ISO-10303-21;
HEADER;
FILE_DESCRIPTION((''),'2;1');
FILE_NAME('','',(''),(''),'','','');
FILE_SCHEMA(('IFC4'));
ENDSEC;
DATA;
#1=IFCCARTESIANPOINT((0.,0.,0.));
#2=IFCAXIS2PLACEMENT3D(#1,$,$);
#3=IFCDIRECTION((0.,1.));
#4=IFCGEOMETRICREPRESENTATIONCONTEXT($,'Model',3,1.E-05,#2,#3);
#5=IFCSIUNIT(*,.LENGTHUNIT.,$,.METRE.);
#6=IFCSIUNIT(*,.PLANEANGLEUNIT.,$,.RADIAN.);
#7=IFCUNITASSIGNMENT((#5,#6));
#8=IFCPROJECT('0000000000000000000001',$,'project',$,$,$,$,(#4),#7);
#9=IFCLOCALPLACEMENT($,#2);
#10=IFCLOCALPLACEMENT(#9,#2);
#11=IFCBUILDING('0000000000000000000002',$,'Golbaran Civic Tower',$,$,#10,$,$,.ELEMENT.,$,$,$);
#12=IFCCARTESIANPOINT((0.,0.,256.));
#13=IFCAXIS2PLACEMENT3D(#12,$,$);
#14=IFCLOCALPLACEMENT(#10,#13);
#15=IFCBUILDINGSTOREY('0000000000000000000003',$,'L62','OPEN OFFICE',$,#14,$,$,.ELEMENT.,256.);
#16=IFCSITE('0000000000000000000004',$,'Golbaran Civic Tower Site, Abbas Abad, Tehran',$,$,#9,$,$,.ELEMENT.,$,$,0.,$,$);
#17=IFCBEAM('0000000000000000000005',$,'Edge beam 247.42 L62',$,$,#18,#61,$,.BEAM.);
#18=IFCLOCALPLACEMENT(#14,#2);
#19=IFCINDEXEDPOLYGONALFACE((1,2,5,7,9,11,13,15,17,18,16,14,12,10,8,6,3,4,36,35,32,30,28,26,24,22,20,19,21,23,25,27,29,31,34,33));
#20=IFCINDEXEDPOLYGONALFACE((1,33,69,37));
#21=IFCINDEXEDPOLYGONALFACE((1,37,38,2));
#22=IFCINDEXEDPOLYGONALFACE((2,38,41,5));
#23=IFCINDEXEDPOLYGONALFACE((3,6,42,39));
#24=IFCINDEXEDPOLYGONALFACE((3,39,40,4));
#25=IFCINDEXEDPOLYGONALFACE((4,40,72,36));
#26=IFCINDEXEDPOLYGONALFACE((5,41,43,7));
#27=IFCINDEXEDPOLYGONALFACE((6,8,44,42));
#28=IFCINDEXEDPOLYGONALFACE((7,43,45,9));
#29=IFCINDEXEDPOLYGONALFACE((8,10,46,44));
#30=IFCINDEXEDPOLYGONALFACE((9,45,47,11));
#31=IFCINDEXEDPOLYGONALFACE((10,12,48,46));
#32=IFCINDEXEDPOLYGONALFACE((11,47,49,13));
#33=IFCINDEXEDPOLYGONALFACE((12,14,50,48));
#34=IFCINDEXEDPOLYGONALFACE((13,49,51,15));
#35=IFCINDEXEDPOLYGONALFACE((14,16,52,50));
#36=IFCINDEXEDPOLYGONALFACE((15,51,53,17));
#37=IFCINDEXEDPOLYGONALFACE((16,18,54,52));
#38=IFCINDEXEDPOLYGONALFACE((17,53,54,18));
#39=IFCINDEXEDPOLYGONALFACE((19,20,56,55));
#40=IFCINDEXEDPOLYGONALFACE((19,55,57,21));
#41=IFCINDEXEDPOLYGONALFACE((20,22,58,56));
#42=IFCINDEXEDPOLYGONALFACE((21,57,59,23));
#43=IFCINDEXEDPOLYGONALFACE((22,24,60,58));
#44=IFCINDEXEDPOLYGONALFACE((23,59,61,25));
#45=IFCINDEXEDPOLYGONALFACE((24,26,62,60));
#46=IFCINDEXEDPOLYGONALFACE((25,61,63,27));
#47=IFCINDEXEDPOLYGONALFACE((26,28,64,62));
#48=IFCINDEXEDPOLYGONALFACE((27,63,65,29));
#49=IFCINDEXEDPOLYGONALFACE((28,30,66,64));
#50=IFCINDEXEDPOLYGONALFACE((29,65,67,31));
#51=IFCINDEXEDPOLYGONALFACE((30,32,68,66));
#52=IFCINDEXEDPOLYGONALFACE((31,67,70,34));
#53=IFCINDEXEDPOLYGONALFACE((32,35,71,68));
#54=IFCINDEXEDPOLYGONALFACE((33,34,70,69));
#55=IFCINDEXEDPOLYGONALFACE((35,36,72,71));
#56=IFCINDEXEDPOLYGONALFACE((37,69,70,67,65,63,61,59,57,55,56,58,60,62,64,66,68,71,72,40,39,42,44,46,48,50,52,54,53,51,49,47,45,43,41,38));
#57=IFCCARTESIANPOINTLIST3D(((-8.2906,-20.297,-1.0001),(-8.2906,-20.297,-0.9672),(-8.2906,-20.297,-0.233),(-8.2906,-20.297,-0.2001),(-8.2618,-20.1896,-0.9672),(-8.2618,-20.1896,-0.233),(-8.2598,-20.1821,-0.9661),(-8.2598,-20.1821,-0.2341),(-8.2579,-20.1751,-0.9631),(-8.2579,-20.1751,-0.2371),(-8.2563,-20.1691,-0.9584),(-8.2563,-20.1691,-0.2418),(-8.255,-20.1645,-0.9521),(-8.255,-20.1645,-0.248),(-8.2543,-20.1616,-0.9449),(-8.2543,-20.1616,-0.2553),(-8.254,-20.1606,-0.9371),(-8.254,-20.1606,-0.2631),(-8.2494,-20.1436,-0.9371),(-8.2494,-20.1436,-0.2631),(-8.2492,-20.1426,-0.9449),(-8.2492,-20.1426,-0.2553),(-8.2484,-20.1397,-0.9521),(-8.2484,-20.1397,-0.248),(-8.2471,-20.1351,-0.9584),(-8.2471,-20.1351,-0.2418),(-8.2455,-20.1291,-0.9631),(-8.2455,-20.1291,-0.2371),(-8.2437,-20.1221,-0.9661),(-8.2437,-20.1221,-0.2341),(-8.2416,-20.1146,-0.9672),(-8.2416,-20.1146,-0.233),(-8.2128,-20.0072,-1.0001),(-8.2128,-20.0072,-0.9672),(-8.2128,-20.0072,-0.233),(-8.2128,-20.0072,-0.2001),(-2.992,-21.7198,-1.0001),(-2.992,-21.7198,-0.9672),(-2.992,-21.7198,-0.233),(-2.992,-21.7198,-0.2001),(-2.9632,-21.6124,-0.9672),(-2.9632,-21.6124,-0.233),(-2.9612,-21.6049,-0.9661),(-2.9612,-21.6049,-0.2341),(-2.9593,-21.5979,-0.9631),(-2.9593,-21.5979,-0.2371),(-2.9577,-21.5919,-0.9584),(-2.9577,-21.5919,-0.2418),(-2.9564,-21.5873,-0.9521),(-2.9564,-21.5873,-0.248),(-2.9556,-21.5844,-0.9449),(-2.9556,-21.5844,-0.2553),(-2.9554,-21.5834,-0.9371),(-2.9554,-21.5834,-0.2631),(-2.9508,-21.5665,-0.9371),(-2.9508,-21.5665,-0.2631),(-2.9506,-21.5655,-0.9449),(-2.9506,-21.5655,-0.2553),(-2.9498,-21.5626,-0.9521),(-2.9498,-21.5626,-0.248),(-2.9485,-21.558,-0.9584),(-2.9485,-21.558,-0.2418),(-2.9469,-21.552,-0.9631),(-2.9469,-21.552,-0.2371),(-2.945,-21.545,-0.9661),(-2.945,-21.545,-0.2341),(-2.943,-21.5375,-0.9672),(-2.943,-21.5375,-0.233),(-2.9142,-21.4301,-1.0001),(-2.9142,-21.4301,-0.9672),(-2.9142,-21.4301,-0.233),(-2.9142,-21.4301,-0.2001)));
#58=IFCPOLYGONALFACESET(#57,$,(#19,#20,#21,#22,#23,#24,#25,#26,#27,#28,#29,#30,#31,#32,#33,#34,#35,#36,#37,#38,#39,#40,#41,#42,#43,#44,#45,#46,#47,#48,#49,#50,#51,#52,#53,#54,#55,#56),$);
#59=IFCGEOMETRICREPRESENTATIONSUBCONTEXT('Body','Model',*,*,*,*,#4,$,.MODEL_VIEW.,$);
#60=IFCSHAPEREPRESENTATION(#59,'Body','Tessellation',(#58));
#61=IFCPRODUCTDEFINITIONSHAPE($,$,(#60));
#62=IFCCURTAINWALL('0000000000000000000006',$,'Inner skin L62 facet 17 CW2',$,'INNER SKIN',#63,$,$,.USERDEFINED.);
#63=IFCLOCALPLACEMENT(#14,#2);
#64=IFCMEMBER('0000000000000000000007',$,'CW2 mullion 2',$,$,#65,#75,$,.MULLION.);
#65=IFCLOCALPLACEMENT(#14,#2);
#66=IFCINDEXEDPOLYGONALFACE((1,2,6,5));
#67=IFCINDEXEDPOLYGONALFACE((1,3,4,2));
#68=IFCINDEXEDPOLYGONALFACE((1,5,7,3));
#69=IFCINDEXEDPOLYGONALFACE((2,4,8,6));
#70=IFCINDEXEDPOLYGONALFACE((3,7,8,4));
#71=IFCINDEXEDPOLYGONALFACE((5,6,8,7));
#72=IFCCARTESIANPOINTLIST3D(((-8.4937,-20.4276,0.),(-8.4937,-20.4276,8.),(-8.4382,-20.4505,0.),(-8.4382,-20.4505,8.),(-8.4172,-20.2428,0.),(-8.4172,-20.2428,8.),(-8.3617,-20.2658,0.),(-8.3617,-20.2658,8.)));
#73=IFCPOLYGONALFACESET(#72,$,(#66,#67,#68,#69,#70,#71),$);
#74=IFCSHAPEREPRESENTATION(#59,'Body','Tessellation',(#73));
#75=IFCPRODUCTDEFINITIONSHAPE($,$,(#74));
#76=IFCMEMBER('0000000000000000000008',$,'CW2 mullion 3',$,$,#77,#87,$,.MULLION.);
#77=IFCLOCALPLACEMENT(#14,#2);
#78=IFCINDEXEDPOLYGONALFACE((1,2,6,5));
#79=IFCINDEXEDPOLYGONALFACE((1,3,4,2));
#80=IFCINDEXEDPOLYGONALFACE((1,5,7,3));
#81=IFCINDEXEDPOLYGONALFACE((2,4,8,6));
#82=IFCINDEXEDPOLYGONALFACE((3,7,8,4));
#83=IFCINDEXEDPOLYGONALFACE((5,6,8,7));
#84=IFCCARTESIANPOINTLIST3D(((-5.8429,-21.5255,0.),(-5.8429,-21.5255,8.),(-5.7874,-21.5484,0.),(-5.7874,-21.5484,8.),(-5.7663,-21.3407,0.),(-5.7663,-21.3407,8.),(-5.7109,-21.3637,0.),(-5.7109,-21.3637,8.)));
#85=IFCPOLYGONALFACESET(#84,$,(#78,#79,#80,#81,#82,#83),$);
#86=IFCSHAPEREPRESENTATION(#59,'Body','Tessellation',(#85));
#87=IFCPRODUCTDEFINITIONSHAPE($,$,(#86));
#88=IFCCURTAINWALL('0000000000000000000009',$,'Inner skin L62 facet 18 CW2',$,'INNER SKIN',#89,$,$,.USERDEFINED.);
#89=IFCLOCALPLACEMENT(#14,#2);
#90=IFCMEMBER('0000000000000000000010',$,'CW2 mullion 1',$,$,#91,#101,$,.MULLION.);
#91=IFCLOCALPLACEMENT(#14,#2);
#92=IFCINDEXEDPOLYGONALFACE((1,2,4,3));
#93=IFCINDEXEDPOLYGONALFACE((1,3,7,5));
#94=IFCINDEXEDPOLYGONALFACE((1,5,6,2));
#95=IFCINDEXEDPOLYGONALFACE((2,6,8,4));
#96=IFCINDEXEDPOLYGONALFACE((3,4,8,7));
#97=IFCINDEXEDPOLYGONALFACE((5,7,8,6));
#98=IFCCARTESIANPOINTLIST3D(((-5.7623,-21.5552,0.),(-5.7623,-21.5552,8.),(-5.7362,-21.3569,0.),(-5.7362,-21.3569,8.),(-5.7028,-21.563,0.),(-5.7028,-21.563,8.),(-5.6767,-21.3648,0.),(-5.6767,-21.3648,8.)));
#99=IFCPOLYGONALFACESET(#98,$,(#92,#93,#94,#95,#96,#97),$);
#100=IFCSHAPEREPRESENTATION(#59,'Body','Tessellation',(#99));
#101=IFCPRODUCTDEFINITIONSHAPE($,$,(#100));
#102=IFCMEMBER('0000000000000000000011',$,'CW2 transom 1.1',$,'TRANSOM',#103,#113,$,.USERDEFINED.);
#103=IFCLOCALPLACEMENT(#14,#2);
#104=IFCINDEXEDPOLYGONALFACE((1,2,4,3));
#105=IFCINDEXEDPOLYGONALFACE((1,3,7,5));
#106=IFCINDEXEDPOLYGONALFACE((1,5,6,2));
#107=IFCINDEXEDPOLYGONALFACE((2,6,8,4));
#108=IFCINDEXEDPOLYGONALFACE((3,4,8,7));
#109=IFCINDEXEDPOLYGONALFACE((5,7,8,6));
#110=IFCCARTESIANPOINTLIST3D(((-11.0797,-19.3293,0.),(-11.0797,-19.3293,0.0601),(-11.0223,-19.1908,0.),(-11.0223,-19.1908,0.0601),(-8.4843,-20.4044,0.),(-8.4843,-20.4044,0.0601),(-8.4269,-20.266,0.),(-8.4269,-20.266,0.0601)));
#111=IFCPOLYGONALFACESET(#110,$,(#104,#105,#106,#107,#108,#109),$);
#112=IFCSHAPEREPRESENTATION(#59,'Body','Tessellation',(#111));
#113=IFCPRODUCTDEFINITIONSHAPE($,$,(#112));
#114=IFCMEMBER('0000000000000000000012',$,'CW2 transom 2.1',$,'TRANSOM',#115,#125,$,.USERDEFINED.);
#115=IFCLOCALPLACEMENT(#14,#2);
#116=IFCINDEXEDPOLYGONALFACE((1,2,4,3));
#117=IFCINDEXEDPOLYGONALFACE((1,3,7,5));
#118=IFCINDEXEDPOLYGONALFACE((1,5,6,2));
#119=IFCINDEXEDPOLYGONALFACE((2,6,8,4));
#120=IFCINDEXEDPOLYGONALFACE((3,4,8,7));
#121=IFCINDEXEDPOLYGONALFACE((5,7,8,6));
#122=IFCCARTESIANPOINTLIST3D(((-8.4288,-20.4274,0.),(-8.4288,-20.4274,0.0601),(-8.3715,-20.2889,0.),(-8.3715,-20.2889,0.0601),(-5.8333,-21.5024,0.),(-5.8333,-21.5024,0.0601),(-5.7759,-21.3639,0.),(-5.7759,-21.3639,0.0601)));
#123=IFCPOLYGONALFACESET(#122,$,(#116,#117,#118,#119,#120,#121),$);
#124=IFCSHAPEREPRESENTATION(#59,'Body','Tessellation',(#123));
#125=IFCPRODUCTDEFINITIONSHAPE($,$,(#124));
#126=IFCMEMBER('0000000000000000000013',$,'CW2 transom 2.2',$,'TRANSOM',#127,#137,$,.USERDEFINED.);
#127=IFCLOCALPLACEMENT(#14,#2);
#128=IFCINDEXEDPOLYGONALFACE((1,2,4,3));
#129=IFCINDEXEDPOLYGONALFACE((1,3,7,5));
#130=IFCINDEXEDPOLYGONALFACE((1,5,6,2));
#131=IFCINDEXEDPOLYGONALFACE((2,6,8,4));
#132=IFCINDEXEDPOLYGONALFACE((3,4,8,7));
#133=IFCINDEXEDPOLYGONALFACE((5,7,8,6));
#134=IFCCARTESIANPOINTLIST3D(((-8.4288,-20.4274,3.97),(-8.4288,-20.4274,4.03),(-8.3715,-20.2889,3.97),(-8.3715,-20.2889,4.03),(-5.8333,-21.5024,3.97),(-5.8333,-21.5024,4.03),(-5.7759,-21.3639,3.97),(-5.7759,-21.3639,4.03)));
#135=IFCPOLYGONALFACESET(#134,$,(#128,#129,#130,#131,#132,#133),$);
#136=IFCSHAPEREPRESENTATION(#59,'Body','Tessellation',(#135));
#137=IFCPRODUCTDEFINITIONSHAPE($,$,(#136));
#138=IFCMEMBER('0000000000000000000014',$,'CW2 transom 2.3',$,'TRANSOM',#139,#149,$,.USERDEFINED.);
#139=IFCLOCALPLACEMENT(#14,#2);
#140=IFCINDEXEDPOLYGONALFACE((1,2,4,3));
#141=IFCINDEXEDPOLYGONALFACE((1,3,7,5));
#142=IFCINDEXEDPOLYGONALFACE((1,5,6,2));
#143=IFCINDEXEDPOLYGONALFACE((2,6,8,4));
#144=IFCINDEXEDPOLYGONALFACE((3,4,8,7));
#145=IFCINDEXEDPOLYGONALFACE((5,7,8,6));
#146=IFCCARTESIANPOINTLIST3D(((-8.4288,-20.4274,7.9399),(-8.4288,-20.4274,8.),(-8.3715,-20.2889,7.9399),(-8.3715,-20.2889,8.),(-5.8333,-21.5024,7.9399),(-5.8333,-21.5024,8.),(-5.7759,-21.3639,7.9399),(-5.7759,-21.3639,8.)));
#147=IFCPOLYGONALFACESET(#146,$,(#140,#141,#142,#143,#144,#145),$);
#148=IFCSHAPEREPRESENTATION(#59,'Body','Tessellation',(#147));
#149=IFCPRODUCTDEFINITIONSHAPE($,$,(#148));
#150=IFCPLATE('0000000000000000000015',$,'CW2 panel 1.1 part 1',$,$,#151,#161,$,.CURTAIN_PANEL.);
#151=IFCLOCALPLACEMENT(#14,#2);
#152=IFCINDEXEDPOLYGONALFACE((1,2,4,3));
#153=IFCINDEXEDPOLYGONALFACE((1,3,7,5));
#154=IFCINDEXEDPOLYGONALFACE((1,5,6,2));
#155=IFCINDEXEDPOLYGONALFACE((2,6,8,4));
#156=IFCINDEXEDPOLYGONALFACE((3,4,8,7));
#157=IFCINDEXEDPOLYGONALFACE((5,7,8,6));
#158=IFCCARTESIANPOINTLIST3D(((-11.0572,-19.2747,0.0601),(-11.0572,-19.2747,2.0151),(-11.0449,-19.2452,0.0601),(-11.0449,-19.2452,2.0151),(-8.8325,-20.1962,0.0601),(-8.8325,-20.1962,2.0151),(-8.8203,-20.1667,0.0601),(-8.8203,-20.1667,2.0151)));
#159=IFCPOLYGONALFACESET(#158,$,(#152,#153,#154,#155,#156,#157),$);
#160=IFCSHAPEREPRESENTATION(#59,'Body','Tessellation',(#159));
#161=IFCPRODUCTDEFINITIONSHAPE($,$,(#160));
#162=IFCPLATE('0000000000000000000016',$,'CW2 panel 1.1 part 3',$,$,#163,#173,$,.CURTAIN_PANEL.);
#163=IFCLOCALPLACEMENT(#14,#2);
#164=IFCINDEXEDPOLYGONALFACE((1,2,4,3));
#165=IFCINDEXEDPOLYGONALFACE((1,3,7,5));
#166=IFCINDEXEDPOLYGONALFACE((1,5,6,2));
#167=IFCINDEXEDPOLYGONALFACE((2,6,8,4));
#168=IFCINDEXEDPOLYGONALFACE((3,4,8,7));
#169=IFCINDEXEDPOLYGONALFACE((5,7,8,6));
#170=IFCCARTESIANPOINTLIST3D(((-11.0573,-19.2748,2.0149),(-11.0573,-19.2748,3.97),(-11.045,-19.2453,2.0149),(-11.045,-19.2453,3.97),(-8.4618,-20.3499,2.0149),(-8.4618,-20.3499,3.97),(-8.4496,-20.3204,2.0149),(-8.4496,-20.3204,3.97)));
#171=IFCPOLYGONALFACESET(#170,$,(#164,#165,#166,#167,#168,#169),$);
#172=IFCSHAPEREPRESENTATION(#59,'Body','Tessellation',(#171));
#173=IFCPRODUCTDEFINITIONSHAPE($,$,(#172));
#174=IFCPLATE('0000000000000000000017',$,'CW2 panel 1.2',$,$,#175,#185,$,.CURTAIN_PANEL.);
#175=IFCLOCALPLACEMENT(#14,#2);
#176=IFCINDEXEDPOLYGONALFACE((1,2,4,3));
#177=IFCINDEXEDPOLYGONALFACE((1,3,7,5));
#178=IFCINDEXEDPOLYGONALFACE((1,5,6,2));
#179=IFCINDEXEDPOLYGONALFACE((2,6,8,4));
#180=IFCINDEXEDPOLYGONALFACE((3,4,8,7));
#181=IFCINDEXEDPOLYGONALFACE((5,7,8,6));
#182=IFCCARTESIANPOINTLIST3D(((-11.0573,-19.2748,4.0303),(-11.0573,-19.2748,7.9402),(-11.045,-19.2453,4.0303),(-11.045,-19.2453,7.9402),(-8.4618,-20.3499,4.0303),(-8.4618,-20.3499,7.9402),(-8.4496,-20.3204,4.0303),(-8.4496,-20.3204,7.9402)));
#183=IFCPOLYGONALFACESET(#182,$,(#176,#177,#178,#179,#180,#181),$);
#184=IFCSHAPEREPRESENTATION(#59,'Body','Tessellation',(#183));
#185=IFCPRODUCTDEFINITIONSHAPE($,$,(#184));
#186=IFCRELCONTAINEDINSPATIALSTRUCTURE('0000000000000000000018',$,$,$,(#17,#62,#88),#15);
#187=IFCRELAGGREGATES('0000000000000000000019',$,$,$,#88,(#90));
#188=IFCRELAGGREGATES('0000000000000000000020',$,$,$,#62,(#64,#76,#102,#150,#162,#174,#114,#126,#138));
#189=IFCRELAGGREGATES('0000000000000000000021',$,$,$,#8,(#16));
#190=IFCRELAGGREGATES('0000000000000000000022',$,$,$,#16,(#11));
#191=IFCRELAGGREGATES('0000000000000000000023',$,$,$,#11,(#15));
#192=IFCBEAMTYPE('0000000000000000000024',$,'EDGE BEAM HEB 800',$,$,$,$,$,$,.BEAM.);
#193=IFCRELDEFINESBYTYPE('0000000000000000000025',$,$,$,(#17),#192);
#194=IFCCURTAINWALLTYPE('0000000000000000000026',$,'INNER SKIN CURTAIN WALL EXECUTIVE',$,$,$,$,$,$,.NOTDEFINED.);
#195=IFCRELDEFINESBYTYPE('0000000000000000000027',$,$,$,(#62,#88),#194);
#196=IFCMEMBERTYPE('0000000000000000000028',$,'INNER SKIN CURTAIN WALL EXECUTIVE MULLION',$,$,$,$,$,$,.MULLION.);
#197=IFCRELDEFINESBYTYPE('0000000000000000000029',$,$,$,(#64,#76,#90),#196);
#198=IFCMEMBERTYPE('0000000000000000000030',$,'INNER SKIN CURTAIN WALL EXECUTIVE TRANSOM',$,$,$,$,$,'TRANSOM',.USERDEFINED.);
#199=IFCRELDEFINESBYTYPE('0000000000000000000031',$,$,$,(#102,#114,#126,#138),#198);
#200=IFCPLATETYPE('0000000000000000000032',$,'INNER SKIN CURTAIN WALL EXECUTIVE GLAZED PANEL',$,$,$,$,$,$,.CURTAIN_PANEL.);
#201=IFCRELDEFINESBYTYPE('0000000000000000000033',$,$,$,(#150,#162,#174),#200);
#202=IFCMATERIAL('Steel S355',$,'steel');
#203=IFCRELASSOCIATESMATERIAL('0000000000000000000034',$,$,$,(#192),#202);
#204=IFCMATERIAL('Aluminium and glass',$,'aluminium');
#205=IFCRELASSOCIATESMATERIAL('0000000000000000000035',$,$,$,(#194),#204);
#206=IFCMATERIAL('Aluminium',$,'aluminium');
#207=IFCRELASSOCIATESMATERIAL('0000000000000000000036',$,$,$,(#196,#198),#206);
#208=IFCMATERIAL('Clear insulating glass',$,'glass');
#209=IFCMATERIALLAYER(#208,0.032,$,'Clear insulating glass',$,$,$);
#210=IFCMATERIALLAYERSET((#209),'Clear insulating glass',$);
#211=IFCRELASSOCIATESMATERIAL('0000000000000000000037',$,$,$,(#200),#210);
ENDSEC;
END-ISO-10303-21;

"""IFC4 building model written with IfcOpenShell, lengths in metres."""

from ifc_helpers import new_model, si_unit, direction, frame, origin, origin_2d, place, context, subcontext, project, spatial, rectangle, i_section, extrude, material, layer, layer_set, material_profile, profile_set, type_object, element, aggregate, save


model = new_model("IFC4")

# Units and contexts
model_context = context("Model", 3, precision=1e-05, world=origin(), true_north=direction((0.0, 1.0)))
body_context = subcontext(model_context, "Body", "Model", "MODEL_VIEW")
ifc_project = project(units=[si_unit("LENGTHUNIT", "METRE"), si_unit("PLANEANGLEUNIT", "RADIAN")], contexts=[model_context])

# Site, building, storey
site_placement = place(None, origin())
site = spatial("IfcSite", under=ifc_project, at=site_placement, Name="Golbaran Civic Tower Site, Abbas Abad, Tehran", CompositionType="ELEMENT", RefElevation=0.0)
building_placement = place(site_placement, origin())
building = spatial("IfcBuilding", under=site, at=building_placement, Name="Golbaran Civic Tower", CompositionType="ELEMENT")
storey_placement = place(building_placement, frame((0.0, 0.0, 256.0)))
storey = spatial("IfcBuildingStorey", under=building, at=storey_placement, Name="L62", Description="OPEN OFFICE", CompositionType="ELEMENT", Elevation=256.0)

# Beam
ifc_material_1 = material(Name="Steel S355", Category="steel")
ifc_material_profile_1 = material_profile(ifc_material_1, i_section(OverallWidth=0.3, OverallDepth=0.8, WebThickness=0.0176, FlangeThickness=0.033, FilletRadius=0.03, at=origin_2d()), Name="HEB 800")
ifc_profile_set_1 = profile_set([ifc_material_profile_1], Name="Steel S355")
beam_type = type_object("IfcBeamType", Name="EDGE BEAM HEB 800", PredefinedType="BEAM", material=ifc_profile_set_1)
beam_placement = place(storey_placement, frame((-8.2517, -20.1521, -0.6001), z_axis=(0.965784, -0.259346, 0.0), x_axis=(0.259346, 0.965784, 0.0)))
element("IfcBeam", 1, at=beam_placement, inside=storey, type_object=beam_type, Name="Edge beam 247.42 L62", PredefinedType="BEAM", context=body_context, shape_type="SweptSolid", body=[
    extrude(i_section(OverallWidth=0.3, OverallDepth=0.8, WebThickness=0.0176, FlangeThickness=0.033, FilletRadius=0.03, at=origin_2d()), origin(), (0.0, 0.0, 1.0), 5.4863),
])

# Curtain wall, members
ifc_material_2 = material(Name="Aluminium and glass", Category="aluminium")
curtain_wall_type = type_object("IfcCurtainWallType", Name="INNER SKIN CURTAIN WALL EXECUTIVE", PredefinedType="NOTDEFINED", material=ifc_material_2)
curtain_wall_1_placement = place(storey_placement, origin())
curtain_wall_1 = element("IfcCurtainWall", 2, at=curtain_wall_1_placement, inside=storey, type_object=curtain_wall_type, Name="Inner skin L62 facet 17 CW2", ObjectType="INNER SKIN", PredefinedType="USERDEFINED")
ifc_material_3 = material(Name="Aluminium", Category="aluminium")
ifc_material_profile_2 = material_profile(ifc_material_3, rectangle(XDim=0.2, YDim=0.0601, at=origin_2d()), Name="INNER SKIN CURTAIN WALL EXECUTIVE MULLION")
ifc_profile_set_2 = profile_set([ifc_material_profile_2], Name="Aluminium")
member_type_1 = type_object("IfcMemberType", Name="INNER SKIN CURTAIN WALL EXECUTIVE MULLION", PredefinedType="MULLION", material=ifc_profile_set_2)
member_1_placement = place(storey_placement, frame((-8.4277, -20.3467, 0.0), z_axis=(0.0, 0.0, 1.0), x_axis=(0.382683, 0.92388, 0.0)))
member_1 = element("IfcMember", 3, at=member_1_placement, type_object=member_type_1, Name="CW2 mullion 2", PredefinedType="MULLION", context=body_context, shape_type="SweptSolid", body=[
    extrude(rectangle(XDim=0.2, YDim=0.0601, at=origin_2d()), origin(), (0.0, 0.0, 1.0), 8.0),
])
member_2_placement = place(storey_placement, frame((-5.7769, -21.4446, 0.0), z_axis=(0.0, 0.0, 1.0), x_axis=(0.382683, 0.92388, 0.0)))
member_2 = element("IfcMember", 4, at=member_2_placement, type_object=member_type_1, Name="CW2 mullion 3", PredefinedType="MULLION", context=body_context, shape_type="SweptSolid", body=[
    extrude(rectangle(XDim=0.2, YDim=0.0601, at=origin_2d()), origin(), (0.0, 0.0, 1.0), 8.0),
])

# Curtain wall, member
curtain_wall_2_placement = place(storey_placement, origin())
curtain_wall_2 = element("IfcCurtainWall", 5, at=curtain_wall_2_placement, inside=storey, type_object=curtain_wall_type, Name="Inner skin L62 facet 18 CW2", ObjectType="INNER SKIN", PredefinedType="USERDEFINED")
member_3_placement = place(storey_placement, frame((-5.7195, -21.46, 0.0), z_axis=(0.0, 0.0, 1.0), x_axis=(0.130526, 0.991445, 0.0)))
member_3 = element("IfcMember", 6, at=member_3_placement, type_object=member_type_1, Name="CW2 mullion 1", PredefinedType="MULLION", context=body_context, shape_type="SweptSolid", body=[
    extrude(rectangle(XDim=0.2, YDim=0.0601, at=origin_2d()), origin(), (0.0, 0.0, 1.0), 8.0),
])
aggregate(curtain_wall_2, [member_3])

# Members
ifc_material_profile_3 = material_profile(ifc_material_3, rectangle(XDim=0.1499, YDim=0.0601, at=origin_2d()), Name="INNER SKIN CURTAIN WALL EXECUTIVE TRANSOM")
ifc_profile_set_3 = profile_set([ifc_material_profile_3], Name="Aluminium")
member_type_2 = type_object("IfcMemberType", Name="INNER SKIN CURTAIN WALL EXECUTIVE TRANSOM", ElementType="TRANSOM", PredefinedType="USERDEFINED", material=ifc_profile_set_3)
member_4_placement = place(storey_placement, frame((-11.051, -19.26, 0.03), z_axis=(0.923864, -0.38272, 0.0), x_axis=(0.38272, 0.923864, 0.0)))
member_4 = element("IfcMember", 7, at=member_4_placement, type_object=member_type_2, Name="CW2 transom 1.1", ObjectType="TRANSOM", PredefinedType="USERDEFINED", context=body_context, shape_type="SweptSolid", body=[
    extrude(rectangle(XDim=0.1499, YDim=0.0601, at=origin_2d()), origin(), (0.0, 0.0, 1.0), 2.8093),
])
member_5_placement = place(storey_placement, frame((-8.4001, -20.3582, 0.03), z_axis=(0.923895, -0.382646, 0.0), x_axis=(0.382646, 0.923895, 0.0)))
member_5 = element("IfcMember", 8, at=member_5_placement, type_object=member_type_2, Name="CW2 transom 2.1", ObjectType="TRANSOM", PredefinedType="USERDEFINED", context=body_context, shape_type="SweptSolid", body=[
    extrude(rectangle(XDim=0.1499, YDim=0.0601, at=origin_2d()), origin(), (0.0, 0.0, 1.0), 2.8093),
])
member_6_placement = place(storey_placement, frame((-8.4001, -20.3582, 4.0), z_axis=(0.923895, -0.382646, 0.0), x_axis=(0.382646, 0.923895, 0.0)))
member_6 = element("IfcMember", 9, at=member_6_placement, type_object=member_type_2, Name="CW2 transom 2.2", ObjectType="TRANSOM", PredefinedType="USERDEFINED", context=body_context, shape_type="SweptSolid", body=[
    extrude(rectangle(XDim=0.1499, YDim=0.0601, at=origin_2d()), origin(), (0.0, 0.0, 1.0), 2.8093),
])
member_7_placement = place(storey_placement, frame((-8.4001, -20.3582, 7.97), z_axis=(0.923895, -0.382646, 0.0), x_axis=(0.382646, 0.923895, 0.0)))
member_7 = element("IfcMember", 10, at=member_7_placement, type_object=member_type_2, Name="CW2 transom 2.3", ObjectType="TRANSOM", PredefinedType="USERDEFINED", context=body_context, shape_type="SweptSolid", body=[
    extrude(rectangle(XDim=0.1499, YDim=0.0601, at=origin_2d()), origin(), (0.0, 0.0, 1.0), 2.8093),
])

# Plates
ifc_material_4 = material(Name="Clear insulating glass", Category="glass")
ifc_layer_1 = layer(ifc_material_4, 0.032, Name="Clear insulating glass")
ifc_layer_set_1 = layer_set([ifc_layer_1], Name="Clear insulating glass")
plate_type_1 = type_object("IfcPlateType", Name="INNER SKIN CURTAIN WALL EXECUTIVE GLAZED PANEL", PredefinedType="CURTAIN_PANEL", material=ifc_layer_set_1)
plate_1_placement = place(storey_placement, frame((-9.9387, -19.7207, 0.0601), z_axis=(0.0, 0.0, 1.0), x_axis=(0.92388, -0.382683, 0.0)))
plate_1 = element("IfcPlate", 11, at=plate_1_placement, type_object=plate_type_1, Name="CW2 panel 1.1 part 1", PredefinedType="CURTAIN_PANEL", context=body_context, shape_type="SweptSolid", body=[
    extrude(rectangle(XDim=2.408, YDim=0.032, at=origin_2d()), origin(), (0.0, 0.0, 1.0), 1.9551),
])
plate_2_placement = place(storey_placement, frame((-9.7534, -19.7976, 2.0149), z_axis=(0.0, 0.0, 1.0), x_axis=(0.92388, -0.382683, 0.0)))
plate_2 = element("IfcPlate", 12, at=plate_2_placement, type_object=plate_type_1, Name="CW2 panel 1.1 part 3", PredefinedType="CURTAIN_PANEL", context=body_context, shape_type="SweptSolid", body=[
    extrude(rectangle(XDim=2.8093, YDim=0.032, at=origin_2d()), origin(), (0.0, 0.0, 1.0), 1.9551),
])
plate_3_placement = place(storey_placement, frame((-9.7534, -19.7976, 4.0303), z_axis=(0.0, 0.0, 1.0), x_axis=(0.92388, -0.382683, 0.0)))
plate_3 = element("IfcPlate", 13, at=plate_3_placement, type_object=plate_type_1, Name="CW2 panel 1.2", PredefinedType="CURTAIN_PANEL", context=body_context, shape_type="SweptSolid", body=[
    extrude(rectangle(XDim=2.8093, YDim=0.032, at=origin_2d()), origin(), (0.0, 0.0, 1.0), 3.9099),
])
aggregate(curtain_wall_1, [member_1, member_2, member_4, plate_1, plate_2, plate_3, member_5, member_6, member_7])

save(model, "model.ifc")
